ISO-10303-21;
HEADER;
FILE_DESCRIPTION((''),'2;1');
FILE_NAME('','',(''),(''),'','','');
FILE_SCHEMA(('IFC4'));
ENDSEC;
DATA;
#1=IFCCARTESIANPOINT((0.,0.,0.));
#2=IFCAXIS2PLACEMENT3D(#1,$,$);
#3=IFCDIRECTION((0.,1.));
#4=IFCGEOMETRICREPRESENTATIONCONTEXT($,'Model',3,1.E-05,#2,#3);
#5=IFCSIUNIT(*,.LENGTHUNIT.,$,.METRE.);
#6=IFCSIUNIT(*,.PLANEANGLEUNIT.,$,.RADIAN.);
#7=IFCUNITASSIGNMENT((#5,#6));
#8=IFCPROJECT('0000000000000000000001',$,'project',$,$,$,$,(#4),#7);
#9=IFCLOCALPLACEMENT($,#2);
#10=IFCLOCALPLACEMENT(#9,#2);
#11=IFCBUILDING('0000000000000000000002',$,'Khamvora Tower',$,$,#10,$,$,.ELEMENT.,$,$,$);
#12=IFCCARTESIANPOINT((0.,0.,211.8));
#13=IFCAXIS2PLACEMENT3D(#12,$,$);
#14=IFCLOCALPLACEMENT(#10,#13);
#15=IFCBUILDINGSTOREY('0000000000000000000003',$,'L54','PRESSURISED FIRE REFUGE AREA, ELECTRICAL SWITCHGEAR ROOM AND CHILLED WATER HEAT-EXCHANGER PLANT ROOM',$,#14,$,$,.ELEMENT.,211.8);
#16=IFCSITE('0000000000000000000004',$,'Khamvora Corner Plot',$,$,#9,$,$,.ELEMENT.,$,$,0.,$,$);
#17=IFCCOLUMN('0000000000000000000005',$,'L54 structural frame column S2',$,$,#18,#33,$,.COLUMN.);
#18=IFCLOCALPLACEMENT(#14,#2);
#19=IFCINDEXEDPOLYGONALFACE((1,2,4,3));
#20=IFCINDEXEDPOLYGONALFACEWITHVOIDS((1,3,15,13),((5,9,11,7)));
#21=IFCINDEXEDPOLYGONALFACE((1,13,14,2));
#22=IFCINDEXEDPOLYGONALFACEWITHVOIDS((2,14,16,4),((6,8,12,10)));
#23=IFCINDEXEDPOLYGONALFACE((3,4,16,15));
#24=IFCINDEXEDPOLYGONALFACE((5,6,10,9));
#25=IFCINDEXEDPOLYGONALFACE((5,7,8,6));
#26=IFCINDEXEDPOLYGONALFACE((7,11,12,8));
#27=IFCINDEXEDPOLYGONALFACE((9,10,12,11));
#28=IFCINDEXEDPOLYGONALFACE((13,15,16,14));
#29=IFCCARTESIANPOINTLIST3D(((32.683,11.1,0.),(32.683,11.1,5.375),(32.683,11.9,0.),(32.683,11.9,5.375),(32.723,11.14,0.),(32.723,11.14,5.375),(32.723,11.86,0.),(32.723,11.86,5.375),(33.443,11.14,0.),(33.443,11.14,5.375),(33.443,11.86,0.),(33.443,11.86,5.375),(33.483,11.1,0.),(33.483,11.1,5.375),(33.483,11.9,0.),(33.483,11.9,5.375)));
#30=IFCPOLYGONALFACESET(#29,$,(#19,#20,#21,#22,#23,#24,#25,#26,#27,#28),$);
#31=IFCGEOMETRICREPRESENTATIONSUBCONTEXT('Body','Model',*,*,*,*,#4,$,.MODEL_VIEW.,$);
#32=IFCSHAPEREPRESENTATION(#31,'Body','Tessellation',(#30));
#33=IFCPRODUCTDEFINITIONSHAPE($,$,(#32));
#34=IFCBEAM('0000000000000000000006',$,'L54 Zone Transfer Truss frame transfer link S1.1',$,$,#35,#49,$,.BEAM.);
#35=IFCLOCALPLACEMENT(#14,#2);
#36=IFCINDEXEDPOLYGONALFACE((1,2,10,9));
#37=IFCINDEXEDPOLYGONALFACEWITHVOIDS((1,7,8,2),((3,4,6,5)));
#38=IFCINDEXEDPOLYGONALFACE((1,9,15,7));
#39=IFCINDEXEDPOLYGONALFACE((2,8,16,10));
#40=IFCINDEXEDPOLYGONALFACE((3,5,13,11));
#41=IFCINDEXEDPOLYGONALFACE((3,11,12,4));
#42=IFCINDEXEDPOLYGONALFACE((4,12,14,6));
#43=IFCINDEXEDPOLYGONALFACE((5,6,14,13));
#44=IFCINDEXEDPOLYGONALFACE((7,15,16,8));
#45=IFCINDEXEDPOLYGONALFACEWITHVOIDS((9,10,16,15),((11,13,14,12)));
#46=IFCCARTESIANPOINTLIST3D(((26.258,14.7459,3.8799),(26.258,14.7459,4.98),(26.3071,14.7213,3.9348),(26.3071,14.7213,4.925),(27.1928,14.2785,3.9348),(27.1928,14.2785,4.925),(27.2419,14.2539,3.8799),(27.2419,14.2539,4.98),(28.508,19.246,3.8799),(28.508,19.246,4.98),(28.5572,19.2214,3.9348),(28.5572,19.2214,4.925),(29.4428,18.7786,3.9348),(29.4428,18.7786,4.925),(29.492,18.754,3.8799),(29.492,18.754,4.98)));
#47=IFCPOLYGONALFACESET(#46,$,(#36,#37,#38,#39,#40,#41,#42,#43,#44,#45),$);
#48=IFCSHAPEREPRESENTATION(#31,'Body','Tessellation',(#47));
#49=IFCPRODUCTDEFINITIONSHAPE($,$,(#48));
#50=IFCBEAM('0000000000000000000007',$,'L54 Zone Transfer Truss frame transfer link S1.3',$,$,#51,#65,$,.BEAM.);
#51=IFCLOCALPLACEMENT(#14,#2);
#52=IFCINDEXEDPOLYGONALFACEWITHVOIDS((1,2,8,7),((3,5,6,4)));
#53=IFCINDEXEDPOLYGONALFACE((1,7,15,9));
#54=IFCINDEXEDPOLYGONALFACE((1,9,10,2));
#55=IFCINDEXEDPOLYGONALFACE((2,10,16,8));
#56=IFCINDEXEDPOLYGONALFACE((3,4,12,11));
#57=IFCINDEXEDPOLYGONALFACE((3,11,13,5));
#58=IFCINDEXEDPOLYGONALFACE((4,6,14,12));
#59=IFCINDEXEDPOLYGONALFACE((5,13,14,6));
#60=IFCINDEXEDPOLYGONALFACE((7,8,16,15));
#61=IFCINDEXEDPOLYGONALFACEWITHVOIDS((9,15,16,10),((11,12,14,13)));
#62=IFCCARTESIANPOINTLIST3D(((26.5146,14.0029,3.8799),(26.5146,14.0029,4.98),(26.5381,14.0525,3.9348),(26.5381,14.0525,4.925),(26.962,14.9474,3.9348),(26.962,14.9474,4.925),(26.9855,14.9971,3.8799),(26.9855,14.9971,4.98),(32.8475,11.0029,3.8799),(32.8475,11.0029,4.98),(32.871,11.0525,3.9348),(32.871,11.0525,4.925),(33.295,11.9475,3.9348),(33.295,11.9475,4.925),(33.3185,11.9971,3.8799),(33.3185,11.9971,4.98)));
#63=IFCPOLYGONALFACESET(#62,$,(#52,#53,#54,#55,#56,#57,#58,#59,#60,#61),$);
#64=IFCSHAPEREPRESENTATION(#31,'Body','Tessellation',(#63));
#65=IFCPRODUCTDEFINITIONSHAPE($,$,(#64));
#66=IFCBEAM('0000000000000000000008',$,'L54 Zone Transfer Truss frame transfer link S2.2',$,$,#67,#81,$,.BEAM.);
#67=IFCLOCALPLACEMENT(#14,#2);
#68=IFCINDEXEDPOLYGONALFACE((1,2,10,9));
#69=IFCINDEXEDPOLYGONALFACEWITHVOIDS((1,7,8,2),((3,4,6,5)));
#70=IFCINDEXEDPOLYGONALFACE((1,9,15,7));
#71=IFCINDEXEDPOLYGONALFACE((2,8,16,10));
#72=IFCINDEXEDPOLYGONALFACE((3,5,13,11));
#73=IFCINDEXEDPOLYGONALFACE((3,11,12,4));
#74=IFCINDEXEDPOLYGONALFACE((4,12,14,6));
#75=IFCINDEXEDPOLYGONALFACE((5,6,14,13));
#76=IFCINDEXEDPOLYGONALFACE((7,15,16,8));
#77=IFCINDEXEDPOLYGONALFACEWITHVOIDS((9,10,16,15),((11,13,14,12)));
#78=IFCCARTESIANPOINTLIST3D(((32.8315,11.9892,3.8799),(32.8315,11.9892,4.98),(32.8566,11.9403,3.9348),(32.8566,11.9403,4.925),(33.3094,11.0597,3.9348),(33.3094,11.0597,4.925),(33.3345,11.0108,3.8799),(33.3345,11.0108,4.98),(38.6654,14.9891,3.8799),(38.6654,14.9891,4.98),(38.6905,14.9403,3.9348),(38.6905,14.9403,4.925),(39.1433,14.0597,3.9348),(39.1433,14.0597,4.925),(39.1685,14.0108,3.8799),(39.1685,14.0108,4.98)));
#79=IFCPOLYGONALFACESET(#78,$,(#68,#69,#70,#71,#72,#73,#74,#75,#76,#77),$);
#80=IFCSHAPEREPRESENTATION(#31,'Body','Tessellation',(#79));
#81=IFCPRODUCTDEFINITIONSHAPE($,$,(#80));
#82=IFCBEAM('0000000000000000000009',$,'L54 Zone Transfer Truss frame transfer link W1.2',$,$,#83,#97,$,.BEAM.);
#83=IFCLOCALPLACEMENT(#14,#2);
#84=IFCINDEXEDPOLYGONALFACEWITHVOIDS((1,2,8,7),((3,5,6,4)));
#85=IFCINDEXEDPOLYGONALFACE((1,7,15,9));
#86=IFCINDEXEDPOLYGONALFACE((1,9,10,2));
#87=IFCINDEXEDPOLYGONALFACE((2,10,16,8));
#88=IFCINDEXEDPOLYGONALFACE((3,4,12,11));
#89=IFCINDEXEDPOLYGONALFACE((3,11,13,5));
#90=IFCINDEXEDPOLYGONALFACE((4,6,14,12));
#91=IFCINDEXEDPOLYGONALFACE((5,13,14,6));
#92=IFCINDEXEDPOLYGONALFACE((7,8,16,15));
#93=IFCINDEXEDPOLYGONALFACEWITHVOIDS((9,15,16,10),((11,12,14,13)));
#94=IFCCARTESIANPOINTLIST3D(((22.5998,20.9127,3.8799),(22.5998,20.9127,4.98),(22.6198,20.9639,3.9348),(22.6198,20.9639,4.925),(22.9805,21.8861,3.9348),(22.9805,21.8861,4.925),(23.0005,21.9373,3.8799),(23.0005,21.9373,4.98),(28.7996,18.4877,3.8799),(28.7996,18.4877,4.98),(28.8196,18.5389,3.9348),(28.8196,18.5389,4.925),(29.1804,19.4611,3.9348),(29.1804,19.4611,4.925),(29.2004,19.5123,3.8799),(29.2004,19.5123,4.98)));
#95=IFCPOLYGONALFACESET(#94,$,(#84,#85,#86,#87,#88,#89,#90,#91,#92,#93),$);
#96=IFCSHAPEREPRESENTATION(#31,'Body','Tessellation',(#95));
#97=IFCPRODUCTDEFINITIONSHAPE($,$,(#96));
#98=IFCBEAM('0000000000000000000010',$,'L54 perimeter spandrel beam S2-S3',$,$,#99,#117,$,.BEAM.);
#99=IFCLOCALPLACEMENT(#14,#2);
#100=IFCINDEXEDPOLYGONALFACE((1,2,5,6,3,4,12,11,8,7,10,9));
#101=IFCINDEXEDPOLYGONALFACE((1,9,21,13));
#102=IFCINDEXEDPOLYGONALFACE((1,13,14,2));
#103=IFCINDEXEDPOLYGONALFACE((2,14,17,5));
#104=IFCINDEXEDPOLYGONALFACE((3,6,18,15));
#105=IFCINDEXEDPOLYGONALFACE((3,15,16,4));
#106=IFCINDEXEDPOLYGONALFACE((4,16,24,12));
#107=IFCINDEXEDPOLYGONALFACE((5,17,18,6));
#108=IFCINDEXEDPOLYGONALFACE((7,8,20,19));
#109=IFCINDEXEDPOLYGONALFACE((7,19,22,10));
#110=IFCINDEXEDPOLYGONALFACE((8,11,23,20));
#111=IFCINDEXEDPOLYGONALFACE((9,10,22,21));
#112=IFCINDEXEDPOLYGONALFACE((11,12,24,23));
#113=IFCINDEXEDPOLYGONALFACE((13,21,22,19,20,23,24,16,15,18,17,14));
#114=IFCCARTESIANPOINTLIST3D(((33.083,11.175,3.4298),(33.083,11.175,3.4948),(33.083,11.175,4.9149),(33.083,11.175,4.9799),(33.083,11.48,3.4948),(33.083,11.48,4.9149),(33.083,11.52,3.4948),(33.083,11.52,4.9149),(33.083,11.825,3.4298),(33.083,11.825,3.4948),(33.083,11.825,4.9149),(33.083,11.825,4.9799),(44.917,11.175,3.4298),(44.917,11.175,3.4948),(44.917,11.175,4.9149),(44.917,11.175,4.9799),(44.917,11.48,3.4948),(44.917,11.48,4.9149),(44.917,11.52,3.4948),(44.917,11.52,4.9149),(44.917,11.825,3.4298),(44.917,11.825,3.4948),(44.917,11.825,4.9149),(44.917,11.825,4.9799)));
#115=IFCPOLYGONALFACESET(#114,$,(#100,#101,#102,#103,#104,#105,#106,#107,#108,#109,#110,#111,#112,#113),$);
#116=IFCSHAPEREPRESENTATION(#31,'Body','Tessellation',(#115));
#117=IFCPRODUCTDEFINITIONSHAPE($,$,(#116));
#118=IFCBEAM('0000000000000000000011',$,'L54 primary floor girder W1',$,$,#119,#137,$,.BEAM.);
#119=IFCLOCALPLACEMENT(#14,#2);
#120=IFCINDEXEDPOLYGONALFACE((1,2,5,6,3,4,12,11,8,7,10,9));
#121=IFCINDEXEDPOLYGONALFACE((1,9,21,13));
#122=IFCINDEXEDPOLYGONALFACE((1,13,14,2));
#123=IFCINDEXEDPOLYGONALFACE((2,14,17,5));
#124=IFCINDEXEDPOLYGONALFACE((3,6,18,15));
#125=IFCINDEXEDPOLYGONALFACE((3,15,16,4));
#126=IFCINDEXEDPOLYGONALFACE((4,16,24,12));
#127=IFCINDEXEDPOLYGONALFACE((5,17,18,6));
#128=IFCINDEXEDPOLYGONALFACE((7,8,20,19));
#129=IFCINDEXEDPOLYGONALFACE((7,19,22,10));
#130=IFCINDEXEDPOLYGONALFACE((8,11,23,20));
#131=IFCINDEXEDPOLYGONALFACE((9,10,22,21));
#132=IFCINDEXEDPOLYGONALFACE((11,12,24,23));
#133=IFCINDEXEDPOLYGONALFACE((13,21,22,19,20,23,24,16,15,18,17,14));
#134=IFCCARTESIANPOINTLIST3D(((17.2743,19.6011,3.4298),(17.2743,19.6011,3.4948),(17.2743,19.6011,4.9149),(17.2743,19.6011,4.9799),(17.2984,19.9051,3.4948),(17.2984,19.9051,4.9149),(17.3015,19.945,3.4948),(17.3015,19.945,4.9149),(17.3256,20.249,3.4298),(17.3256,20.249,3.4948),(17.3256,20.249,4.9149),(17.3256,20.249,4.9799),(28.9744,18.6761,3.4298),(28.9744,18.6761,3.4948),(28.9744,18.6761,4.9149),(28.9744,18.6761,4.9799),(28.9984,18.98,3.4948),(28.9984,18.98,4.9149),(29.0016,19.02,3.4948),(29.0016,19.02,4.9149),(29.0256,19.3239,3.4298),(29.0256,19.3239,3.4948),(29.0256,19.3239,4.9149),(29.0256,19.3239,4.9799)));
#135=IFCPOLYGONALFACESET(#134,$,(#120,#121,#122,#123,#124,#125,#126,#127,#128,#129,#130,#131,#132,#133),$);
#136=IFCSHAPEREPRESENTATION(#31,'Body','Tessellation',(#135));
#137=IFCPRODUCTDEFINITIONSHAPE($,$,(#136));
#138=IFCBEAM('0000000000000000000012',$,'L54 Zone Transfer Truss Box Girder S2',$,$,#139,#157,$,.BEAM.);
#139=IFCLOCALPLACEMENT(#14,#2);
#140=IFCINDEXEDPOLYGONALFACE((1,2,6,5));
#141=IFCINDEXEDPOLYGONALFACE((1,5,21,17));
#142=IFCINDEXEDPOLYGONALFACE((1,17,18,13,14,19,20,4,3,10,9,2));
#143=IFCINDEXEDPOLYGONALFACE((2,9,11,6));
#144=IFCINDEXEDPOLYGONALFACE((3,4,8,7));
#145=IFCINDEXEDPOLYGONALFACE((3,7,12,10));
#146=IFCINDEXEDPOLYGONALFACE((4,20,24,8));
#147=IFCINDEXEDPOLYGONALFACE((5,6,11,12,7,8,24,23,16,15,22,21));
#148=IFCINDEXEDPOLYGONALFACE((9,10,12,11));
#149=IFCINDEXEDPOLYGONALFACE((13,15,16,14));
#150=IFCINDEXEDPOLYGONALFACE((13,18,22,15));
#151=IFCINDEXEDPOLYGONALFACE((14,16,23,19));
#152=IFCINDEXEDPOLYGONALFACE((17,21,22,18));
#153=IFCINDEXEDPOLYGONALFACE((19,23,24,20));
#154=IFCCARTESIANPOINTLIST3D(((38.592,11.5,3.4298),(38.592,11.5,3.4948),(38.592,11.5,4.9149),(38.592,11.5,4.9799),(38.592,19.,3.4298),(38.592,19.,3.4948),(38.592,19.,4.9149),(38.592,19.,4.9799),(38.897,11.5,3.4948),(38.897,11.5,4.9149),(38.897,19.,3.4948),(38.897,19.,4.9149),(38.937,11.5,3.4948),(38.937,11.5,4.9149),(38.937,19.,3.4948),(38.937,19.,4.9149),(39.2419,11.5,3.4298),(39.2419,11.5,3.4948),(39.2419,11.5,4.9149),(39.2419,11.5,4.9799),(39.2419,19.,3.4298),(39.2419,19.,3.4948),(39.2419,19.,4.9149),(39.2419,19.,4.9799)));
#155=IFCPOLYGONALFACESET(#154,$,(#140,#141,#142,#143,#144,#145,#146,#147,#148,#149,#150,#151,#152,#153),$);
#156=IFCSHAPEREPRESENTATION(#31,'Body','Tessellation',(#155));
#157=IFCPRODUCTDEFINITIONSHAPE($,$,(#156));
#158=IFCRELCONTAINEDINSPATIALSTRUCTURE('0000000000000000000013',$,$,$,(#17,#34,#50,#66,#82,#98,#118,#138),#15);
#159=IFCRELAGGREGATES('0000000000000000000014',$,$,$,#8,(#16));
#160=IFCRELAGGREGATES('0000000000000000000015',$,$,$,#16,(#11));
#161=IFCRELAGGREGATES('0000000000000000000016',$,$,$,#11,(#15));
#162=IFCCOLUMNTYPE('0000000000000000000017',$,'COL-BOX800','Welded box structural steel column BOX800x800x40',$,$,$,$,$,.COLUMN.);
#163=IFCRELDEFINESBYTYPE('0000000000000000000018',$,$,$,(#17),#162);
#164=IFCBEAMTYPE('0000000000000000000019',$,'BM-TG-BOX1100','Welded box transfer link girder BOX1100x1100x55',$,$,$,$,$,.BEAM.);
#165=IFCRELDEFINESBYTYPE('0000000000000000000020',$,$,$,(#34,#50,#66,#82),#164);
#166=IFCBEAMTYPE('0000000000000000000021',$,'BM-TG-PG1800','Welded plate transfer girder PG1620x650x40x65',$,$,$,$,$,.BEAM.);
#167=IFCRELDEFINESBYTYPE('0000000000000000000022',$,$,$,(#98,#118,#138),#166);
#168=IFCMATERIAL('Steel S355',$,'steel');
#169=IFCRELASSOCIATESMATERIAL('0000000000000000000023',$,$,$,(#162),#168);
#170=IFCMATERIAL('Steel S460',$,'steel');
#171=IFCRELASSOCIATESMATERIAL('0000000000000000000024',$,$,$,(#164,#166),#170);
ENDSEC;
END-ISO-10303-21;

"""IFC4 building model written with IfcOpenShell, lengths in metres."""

from ifc_helpers import new_model, si_unit, direction, frame, origin, origin_2d, place, context, subcontext, project, spatial, hollow_rectangle, i_section, extrude, material, material_profile, profile_set, type_object, element, save


model = new_model("IFC4")

# Units and contexts
model_context = context("Model", 3, precision=1e-05, world=origin(), true_north=direction((0.0, 1.0)))
body_context = subcontext(model_context, "Body", "Model", "MODEL_VIEW")
ifc_project = project(units=[si_unit("LENGTHUNIT", "METRE"), si_unit("PLANEANGLEUNIT", "RADIAN")], contexts=[model_context])

# Site, building, storey
site_placement = place(None, origin())
site = spatial("IfcSite", under=ifc_project, at=site_placement, Name="Khamvora Corner Plot", CompositionType="ELEMENT", RefElevation=0.0)
building_placement = place(site_placement, origin())
building = spatial("IfcBuilding", under=site, at=building_placement, Name="Khamvora Tower", CompositionType="ELEMENT")
storey_placement = place(building_placement, frame((0.0, 0.0, 211.8)))
storey = spatial("IfcBuildingStorey", under=building, at=storey_placement, Name="L54", Description="PRESSURISED FIRE REFUGE AREA, ELECTRICAL SWITCHGEAR ROOM AND CHILLED WATER HEAT-EXCHANGER PLANT ROOM", CompositionType="ELEMENT", Elevation=211.8)

# Column
ifc_material_1 = material(Name="Steel S355", Category="steel")
ifc_material_profile_1 = material_profile(ifc_material_1, hollow_rectangle(XDim=0.8, YDim=0.8, WallThickness=0.04, at=origin_2d()), Name="BOX800x800x40")
ifc_profile_set_1 = profile_set([ifc_material_profile_1], Name="Steel S355")
column_type = type_object("IfcColumnType", Name="COL-BOX800", Description="Welded box structural steel column BOX800x800x40", PredefinedType="COLUMN", material=ifc_profile_set_1)
column_placement = place(storey_placement, frame((33.083, 11.5, 0.0), z_axis=(0.0, 0.0, 1.0), x_axis=(1.0, 0.0, 0.0)))
element("IfcColumn", 1, at=column_placement, inside=storey, type_object=column_type, Name="L54 structural frame column S2", PredefinedType="COLUMN", context=body_context, shape_type="SweptSolid", body=[
    extrude(hollow_rectangle(XDim=0.8, YDim=0.8, WallThickness=0.04, at=origin_2d()), origin(), (0.0, 0.0, 1.0), 5.375),
])

# Beams
ifc_material_2 = material(Name="Steel S460", Category="steel")
ifc_material_profile_2 = material_profile(ifc_material_2, hollow_rectangle(XDim=1.1001, YDim=1.1001, WallThickness=0.0549, at=origin_2d()), Name="BOX1100x1100x55")
ifc_profile_set_2 = profile_set([ifc_material_profile_2], Name="Steel S460")
beam_type_1 = type_object("IfcBeamType", Name="BM-TG-BOX1100", Description="Welded box transfer link girder BOX1100x1100x55", PredefinedType="BEAM", material=ifc_profile_set_2)
beam_1_placement = place(storey_placement, frame((29.0, 19.0, 4.4299), z_axis=(-0.447214, -0.894427, 0.0), x_axis=(0.894427, -0.447214, 0.0)))
element("IfcBeam", 2, at=beam_1_placement, inside=storey, type_object=beam_type_1, Name="L54 Zone Transfer Truss frame transfer link S1.1", PredefinedType="BEAM", context=body_context, shape_type="SweptSolid", body=[
    extrude(hollow_rectangle(XDim=1.1001, YDim=1.1001, WallThickness=0.0549, at=origin_2d()), origin(), (0.0, 0.0, 1.0), 5.0312),
])
beam_2_placement = place(storey_placement, frame((33.083, 11.5, 4.4299), z_axis=(-0.903729, 0.428104, 0.0), x_axis=(-0.428104, -0.903729, 0.0)))
element("IfcBeam", 3, at=beam_2_placement, inside=storey, type_object=beam_type_1, Name="L54 Zone Transfer Truss frame transfer link S1.3", PredefinedType="BEAM", context=body_context, shape_type="SweptSolid", body=[
    extrude(hollow_rectangle(XDim=1.1001, YDim=1.1001, WallThickness=0.0549, at=origin_2d()), origin(), (0.0, 0.0, 1.0), 7.0076),
])
beam_3_placement = place(storey_placement, frame((33.083, 11.5, 4.4299), z_axis=(0.889309, 0.457308, 0.0), x_axis=(-0.457308, 0.889309, 0.0)))
element("IfcBeam", 4, at=beam_3_placement, inside=storey, type_object=beam_type_1, Name="L54 Zone Transfer Truss frame transfer link S2.2", PredefinedType="BEAM", context=body_context, shape_type="SweptSolid", body=[
    extrude(hollow_rectangle(XDim=1.1001, YDim=1.1001, WallThickness=0.0549, at=origin_2d()), origin(), (0.0, 0.0, 1.0), 6.5601),
])
beam_4_placement = place(storey_placement, frame((29.0, 19.0, 4.4299), z_axis=(-0.931295, 0.364267, 0.0), x_axis=(-0.364267, -0.931295, 0.0)))
element("IfcBeam", 5, at=beam_4_placement, inside=storey, type_object=beam_type_1, Name="L54 Zone Transfer Truss frame transfer link W1.2", PredefinedType="BEAM", context=body_context, shape_type="SweptSolid", body=[
    extrude(hollow_rectangle(XDim=1.1001, YDim=1.1001, WallThickness=0.0549, at=origin_2d()), origin(), (0.0, 0.0, 1.0), 6.6572),
])
ifc_material_profile_3 = material_profile(ifc_material_2, i_section(OverallWidth=0.6499, OverallDepth=1.55, WebThickness=0.04, FlangeThickness=0.0649, at=origin_2d()), Name="PG1550x650x40x65")
ifc_profile_set_3 = profile_set([ifc_material_profile_3], Name="Steel S460")
beam_type_2 = type_object("IfcBeamType", Name="BM-TG-PG1800", Description="Welded plate transfer girder PG1620x650x40x65", PredefinedType="BEAM", material=ifc_profile_set_3)
beam_5_placement = place(storey_placement, frame((33.083, 11.5, 4.2048), z_axis=(1.0, 0.0, 0.0), x_axis=(0.0, 1.0, 0.0)))
element("IfcBeam", 6, at=beam_5_placement, inside=storey, type_object=beam_type_2, Name="L54 perimeter spandrel beam S2-S3", PredefinedType="BEAM", context=body_context, shape_type="SweptSolid", body=[
    extrude(i_section(OverallWidth=0.6499, OverallDepth=1.55, WebThickness=0.04, FlangeThickness=0.0649, at=origin_2d()), origin(), (0.0, 0.0, 1.0), 11.834),
])
beam_6_placement = place(storey_placement, frame((29.0, 19.0, 4.2048), z_axis=(-0.996889, 0.078818, 0.0), x_axis=(-0.078818, -0.996889, 0.0)))
element("IfcBeam", 7, at=beam_6_placement, inside=storey, type_object=beam_type_2, Name="L54 primary floor girder W1", PredefinedType="BEAM", context=body_context, shape_type="SweptSolid", body=[
    extrude(i_section(OverallWidth=0.6499, OverallDepth=1.55, WebThickness=0.04, FlangeThickness=0.0649, at=origin_2d()), origin(), (0.0, 0.0, 1.0), 11.7366),
])
beam_7_placement = place(storey_placement, frame((38.917, 11.5, 4.2048), z_axis=(0.0, 1.0, 0.0), x_axis=(-1.0, 0.0, 0.0)))
element("IfcBeam", 8, at=beam_7_placement, inside=storey, type_object=beam_type_2, Name="L54 Zone Transfer Truss Box Girder S2", PredefinedType="BEAM", context=body_context, shape_type="SweptSolid", body=[
    extrude(i_section(OverallWidth=0.6499, OverallDepth=1.55, WebThickness=0.04, FlangeThickness=0.0649, at=origin_2d()), origin(), (0.0, 0.0, 1.0), 7.5),
])

save(model, "model.ifc")
